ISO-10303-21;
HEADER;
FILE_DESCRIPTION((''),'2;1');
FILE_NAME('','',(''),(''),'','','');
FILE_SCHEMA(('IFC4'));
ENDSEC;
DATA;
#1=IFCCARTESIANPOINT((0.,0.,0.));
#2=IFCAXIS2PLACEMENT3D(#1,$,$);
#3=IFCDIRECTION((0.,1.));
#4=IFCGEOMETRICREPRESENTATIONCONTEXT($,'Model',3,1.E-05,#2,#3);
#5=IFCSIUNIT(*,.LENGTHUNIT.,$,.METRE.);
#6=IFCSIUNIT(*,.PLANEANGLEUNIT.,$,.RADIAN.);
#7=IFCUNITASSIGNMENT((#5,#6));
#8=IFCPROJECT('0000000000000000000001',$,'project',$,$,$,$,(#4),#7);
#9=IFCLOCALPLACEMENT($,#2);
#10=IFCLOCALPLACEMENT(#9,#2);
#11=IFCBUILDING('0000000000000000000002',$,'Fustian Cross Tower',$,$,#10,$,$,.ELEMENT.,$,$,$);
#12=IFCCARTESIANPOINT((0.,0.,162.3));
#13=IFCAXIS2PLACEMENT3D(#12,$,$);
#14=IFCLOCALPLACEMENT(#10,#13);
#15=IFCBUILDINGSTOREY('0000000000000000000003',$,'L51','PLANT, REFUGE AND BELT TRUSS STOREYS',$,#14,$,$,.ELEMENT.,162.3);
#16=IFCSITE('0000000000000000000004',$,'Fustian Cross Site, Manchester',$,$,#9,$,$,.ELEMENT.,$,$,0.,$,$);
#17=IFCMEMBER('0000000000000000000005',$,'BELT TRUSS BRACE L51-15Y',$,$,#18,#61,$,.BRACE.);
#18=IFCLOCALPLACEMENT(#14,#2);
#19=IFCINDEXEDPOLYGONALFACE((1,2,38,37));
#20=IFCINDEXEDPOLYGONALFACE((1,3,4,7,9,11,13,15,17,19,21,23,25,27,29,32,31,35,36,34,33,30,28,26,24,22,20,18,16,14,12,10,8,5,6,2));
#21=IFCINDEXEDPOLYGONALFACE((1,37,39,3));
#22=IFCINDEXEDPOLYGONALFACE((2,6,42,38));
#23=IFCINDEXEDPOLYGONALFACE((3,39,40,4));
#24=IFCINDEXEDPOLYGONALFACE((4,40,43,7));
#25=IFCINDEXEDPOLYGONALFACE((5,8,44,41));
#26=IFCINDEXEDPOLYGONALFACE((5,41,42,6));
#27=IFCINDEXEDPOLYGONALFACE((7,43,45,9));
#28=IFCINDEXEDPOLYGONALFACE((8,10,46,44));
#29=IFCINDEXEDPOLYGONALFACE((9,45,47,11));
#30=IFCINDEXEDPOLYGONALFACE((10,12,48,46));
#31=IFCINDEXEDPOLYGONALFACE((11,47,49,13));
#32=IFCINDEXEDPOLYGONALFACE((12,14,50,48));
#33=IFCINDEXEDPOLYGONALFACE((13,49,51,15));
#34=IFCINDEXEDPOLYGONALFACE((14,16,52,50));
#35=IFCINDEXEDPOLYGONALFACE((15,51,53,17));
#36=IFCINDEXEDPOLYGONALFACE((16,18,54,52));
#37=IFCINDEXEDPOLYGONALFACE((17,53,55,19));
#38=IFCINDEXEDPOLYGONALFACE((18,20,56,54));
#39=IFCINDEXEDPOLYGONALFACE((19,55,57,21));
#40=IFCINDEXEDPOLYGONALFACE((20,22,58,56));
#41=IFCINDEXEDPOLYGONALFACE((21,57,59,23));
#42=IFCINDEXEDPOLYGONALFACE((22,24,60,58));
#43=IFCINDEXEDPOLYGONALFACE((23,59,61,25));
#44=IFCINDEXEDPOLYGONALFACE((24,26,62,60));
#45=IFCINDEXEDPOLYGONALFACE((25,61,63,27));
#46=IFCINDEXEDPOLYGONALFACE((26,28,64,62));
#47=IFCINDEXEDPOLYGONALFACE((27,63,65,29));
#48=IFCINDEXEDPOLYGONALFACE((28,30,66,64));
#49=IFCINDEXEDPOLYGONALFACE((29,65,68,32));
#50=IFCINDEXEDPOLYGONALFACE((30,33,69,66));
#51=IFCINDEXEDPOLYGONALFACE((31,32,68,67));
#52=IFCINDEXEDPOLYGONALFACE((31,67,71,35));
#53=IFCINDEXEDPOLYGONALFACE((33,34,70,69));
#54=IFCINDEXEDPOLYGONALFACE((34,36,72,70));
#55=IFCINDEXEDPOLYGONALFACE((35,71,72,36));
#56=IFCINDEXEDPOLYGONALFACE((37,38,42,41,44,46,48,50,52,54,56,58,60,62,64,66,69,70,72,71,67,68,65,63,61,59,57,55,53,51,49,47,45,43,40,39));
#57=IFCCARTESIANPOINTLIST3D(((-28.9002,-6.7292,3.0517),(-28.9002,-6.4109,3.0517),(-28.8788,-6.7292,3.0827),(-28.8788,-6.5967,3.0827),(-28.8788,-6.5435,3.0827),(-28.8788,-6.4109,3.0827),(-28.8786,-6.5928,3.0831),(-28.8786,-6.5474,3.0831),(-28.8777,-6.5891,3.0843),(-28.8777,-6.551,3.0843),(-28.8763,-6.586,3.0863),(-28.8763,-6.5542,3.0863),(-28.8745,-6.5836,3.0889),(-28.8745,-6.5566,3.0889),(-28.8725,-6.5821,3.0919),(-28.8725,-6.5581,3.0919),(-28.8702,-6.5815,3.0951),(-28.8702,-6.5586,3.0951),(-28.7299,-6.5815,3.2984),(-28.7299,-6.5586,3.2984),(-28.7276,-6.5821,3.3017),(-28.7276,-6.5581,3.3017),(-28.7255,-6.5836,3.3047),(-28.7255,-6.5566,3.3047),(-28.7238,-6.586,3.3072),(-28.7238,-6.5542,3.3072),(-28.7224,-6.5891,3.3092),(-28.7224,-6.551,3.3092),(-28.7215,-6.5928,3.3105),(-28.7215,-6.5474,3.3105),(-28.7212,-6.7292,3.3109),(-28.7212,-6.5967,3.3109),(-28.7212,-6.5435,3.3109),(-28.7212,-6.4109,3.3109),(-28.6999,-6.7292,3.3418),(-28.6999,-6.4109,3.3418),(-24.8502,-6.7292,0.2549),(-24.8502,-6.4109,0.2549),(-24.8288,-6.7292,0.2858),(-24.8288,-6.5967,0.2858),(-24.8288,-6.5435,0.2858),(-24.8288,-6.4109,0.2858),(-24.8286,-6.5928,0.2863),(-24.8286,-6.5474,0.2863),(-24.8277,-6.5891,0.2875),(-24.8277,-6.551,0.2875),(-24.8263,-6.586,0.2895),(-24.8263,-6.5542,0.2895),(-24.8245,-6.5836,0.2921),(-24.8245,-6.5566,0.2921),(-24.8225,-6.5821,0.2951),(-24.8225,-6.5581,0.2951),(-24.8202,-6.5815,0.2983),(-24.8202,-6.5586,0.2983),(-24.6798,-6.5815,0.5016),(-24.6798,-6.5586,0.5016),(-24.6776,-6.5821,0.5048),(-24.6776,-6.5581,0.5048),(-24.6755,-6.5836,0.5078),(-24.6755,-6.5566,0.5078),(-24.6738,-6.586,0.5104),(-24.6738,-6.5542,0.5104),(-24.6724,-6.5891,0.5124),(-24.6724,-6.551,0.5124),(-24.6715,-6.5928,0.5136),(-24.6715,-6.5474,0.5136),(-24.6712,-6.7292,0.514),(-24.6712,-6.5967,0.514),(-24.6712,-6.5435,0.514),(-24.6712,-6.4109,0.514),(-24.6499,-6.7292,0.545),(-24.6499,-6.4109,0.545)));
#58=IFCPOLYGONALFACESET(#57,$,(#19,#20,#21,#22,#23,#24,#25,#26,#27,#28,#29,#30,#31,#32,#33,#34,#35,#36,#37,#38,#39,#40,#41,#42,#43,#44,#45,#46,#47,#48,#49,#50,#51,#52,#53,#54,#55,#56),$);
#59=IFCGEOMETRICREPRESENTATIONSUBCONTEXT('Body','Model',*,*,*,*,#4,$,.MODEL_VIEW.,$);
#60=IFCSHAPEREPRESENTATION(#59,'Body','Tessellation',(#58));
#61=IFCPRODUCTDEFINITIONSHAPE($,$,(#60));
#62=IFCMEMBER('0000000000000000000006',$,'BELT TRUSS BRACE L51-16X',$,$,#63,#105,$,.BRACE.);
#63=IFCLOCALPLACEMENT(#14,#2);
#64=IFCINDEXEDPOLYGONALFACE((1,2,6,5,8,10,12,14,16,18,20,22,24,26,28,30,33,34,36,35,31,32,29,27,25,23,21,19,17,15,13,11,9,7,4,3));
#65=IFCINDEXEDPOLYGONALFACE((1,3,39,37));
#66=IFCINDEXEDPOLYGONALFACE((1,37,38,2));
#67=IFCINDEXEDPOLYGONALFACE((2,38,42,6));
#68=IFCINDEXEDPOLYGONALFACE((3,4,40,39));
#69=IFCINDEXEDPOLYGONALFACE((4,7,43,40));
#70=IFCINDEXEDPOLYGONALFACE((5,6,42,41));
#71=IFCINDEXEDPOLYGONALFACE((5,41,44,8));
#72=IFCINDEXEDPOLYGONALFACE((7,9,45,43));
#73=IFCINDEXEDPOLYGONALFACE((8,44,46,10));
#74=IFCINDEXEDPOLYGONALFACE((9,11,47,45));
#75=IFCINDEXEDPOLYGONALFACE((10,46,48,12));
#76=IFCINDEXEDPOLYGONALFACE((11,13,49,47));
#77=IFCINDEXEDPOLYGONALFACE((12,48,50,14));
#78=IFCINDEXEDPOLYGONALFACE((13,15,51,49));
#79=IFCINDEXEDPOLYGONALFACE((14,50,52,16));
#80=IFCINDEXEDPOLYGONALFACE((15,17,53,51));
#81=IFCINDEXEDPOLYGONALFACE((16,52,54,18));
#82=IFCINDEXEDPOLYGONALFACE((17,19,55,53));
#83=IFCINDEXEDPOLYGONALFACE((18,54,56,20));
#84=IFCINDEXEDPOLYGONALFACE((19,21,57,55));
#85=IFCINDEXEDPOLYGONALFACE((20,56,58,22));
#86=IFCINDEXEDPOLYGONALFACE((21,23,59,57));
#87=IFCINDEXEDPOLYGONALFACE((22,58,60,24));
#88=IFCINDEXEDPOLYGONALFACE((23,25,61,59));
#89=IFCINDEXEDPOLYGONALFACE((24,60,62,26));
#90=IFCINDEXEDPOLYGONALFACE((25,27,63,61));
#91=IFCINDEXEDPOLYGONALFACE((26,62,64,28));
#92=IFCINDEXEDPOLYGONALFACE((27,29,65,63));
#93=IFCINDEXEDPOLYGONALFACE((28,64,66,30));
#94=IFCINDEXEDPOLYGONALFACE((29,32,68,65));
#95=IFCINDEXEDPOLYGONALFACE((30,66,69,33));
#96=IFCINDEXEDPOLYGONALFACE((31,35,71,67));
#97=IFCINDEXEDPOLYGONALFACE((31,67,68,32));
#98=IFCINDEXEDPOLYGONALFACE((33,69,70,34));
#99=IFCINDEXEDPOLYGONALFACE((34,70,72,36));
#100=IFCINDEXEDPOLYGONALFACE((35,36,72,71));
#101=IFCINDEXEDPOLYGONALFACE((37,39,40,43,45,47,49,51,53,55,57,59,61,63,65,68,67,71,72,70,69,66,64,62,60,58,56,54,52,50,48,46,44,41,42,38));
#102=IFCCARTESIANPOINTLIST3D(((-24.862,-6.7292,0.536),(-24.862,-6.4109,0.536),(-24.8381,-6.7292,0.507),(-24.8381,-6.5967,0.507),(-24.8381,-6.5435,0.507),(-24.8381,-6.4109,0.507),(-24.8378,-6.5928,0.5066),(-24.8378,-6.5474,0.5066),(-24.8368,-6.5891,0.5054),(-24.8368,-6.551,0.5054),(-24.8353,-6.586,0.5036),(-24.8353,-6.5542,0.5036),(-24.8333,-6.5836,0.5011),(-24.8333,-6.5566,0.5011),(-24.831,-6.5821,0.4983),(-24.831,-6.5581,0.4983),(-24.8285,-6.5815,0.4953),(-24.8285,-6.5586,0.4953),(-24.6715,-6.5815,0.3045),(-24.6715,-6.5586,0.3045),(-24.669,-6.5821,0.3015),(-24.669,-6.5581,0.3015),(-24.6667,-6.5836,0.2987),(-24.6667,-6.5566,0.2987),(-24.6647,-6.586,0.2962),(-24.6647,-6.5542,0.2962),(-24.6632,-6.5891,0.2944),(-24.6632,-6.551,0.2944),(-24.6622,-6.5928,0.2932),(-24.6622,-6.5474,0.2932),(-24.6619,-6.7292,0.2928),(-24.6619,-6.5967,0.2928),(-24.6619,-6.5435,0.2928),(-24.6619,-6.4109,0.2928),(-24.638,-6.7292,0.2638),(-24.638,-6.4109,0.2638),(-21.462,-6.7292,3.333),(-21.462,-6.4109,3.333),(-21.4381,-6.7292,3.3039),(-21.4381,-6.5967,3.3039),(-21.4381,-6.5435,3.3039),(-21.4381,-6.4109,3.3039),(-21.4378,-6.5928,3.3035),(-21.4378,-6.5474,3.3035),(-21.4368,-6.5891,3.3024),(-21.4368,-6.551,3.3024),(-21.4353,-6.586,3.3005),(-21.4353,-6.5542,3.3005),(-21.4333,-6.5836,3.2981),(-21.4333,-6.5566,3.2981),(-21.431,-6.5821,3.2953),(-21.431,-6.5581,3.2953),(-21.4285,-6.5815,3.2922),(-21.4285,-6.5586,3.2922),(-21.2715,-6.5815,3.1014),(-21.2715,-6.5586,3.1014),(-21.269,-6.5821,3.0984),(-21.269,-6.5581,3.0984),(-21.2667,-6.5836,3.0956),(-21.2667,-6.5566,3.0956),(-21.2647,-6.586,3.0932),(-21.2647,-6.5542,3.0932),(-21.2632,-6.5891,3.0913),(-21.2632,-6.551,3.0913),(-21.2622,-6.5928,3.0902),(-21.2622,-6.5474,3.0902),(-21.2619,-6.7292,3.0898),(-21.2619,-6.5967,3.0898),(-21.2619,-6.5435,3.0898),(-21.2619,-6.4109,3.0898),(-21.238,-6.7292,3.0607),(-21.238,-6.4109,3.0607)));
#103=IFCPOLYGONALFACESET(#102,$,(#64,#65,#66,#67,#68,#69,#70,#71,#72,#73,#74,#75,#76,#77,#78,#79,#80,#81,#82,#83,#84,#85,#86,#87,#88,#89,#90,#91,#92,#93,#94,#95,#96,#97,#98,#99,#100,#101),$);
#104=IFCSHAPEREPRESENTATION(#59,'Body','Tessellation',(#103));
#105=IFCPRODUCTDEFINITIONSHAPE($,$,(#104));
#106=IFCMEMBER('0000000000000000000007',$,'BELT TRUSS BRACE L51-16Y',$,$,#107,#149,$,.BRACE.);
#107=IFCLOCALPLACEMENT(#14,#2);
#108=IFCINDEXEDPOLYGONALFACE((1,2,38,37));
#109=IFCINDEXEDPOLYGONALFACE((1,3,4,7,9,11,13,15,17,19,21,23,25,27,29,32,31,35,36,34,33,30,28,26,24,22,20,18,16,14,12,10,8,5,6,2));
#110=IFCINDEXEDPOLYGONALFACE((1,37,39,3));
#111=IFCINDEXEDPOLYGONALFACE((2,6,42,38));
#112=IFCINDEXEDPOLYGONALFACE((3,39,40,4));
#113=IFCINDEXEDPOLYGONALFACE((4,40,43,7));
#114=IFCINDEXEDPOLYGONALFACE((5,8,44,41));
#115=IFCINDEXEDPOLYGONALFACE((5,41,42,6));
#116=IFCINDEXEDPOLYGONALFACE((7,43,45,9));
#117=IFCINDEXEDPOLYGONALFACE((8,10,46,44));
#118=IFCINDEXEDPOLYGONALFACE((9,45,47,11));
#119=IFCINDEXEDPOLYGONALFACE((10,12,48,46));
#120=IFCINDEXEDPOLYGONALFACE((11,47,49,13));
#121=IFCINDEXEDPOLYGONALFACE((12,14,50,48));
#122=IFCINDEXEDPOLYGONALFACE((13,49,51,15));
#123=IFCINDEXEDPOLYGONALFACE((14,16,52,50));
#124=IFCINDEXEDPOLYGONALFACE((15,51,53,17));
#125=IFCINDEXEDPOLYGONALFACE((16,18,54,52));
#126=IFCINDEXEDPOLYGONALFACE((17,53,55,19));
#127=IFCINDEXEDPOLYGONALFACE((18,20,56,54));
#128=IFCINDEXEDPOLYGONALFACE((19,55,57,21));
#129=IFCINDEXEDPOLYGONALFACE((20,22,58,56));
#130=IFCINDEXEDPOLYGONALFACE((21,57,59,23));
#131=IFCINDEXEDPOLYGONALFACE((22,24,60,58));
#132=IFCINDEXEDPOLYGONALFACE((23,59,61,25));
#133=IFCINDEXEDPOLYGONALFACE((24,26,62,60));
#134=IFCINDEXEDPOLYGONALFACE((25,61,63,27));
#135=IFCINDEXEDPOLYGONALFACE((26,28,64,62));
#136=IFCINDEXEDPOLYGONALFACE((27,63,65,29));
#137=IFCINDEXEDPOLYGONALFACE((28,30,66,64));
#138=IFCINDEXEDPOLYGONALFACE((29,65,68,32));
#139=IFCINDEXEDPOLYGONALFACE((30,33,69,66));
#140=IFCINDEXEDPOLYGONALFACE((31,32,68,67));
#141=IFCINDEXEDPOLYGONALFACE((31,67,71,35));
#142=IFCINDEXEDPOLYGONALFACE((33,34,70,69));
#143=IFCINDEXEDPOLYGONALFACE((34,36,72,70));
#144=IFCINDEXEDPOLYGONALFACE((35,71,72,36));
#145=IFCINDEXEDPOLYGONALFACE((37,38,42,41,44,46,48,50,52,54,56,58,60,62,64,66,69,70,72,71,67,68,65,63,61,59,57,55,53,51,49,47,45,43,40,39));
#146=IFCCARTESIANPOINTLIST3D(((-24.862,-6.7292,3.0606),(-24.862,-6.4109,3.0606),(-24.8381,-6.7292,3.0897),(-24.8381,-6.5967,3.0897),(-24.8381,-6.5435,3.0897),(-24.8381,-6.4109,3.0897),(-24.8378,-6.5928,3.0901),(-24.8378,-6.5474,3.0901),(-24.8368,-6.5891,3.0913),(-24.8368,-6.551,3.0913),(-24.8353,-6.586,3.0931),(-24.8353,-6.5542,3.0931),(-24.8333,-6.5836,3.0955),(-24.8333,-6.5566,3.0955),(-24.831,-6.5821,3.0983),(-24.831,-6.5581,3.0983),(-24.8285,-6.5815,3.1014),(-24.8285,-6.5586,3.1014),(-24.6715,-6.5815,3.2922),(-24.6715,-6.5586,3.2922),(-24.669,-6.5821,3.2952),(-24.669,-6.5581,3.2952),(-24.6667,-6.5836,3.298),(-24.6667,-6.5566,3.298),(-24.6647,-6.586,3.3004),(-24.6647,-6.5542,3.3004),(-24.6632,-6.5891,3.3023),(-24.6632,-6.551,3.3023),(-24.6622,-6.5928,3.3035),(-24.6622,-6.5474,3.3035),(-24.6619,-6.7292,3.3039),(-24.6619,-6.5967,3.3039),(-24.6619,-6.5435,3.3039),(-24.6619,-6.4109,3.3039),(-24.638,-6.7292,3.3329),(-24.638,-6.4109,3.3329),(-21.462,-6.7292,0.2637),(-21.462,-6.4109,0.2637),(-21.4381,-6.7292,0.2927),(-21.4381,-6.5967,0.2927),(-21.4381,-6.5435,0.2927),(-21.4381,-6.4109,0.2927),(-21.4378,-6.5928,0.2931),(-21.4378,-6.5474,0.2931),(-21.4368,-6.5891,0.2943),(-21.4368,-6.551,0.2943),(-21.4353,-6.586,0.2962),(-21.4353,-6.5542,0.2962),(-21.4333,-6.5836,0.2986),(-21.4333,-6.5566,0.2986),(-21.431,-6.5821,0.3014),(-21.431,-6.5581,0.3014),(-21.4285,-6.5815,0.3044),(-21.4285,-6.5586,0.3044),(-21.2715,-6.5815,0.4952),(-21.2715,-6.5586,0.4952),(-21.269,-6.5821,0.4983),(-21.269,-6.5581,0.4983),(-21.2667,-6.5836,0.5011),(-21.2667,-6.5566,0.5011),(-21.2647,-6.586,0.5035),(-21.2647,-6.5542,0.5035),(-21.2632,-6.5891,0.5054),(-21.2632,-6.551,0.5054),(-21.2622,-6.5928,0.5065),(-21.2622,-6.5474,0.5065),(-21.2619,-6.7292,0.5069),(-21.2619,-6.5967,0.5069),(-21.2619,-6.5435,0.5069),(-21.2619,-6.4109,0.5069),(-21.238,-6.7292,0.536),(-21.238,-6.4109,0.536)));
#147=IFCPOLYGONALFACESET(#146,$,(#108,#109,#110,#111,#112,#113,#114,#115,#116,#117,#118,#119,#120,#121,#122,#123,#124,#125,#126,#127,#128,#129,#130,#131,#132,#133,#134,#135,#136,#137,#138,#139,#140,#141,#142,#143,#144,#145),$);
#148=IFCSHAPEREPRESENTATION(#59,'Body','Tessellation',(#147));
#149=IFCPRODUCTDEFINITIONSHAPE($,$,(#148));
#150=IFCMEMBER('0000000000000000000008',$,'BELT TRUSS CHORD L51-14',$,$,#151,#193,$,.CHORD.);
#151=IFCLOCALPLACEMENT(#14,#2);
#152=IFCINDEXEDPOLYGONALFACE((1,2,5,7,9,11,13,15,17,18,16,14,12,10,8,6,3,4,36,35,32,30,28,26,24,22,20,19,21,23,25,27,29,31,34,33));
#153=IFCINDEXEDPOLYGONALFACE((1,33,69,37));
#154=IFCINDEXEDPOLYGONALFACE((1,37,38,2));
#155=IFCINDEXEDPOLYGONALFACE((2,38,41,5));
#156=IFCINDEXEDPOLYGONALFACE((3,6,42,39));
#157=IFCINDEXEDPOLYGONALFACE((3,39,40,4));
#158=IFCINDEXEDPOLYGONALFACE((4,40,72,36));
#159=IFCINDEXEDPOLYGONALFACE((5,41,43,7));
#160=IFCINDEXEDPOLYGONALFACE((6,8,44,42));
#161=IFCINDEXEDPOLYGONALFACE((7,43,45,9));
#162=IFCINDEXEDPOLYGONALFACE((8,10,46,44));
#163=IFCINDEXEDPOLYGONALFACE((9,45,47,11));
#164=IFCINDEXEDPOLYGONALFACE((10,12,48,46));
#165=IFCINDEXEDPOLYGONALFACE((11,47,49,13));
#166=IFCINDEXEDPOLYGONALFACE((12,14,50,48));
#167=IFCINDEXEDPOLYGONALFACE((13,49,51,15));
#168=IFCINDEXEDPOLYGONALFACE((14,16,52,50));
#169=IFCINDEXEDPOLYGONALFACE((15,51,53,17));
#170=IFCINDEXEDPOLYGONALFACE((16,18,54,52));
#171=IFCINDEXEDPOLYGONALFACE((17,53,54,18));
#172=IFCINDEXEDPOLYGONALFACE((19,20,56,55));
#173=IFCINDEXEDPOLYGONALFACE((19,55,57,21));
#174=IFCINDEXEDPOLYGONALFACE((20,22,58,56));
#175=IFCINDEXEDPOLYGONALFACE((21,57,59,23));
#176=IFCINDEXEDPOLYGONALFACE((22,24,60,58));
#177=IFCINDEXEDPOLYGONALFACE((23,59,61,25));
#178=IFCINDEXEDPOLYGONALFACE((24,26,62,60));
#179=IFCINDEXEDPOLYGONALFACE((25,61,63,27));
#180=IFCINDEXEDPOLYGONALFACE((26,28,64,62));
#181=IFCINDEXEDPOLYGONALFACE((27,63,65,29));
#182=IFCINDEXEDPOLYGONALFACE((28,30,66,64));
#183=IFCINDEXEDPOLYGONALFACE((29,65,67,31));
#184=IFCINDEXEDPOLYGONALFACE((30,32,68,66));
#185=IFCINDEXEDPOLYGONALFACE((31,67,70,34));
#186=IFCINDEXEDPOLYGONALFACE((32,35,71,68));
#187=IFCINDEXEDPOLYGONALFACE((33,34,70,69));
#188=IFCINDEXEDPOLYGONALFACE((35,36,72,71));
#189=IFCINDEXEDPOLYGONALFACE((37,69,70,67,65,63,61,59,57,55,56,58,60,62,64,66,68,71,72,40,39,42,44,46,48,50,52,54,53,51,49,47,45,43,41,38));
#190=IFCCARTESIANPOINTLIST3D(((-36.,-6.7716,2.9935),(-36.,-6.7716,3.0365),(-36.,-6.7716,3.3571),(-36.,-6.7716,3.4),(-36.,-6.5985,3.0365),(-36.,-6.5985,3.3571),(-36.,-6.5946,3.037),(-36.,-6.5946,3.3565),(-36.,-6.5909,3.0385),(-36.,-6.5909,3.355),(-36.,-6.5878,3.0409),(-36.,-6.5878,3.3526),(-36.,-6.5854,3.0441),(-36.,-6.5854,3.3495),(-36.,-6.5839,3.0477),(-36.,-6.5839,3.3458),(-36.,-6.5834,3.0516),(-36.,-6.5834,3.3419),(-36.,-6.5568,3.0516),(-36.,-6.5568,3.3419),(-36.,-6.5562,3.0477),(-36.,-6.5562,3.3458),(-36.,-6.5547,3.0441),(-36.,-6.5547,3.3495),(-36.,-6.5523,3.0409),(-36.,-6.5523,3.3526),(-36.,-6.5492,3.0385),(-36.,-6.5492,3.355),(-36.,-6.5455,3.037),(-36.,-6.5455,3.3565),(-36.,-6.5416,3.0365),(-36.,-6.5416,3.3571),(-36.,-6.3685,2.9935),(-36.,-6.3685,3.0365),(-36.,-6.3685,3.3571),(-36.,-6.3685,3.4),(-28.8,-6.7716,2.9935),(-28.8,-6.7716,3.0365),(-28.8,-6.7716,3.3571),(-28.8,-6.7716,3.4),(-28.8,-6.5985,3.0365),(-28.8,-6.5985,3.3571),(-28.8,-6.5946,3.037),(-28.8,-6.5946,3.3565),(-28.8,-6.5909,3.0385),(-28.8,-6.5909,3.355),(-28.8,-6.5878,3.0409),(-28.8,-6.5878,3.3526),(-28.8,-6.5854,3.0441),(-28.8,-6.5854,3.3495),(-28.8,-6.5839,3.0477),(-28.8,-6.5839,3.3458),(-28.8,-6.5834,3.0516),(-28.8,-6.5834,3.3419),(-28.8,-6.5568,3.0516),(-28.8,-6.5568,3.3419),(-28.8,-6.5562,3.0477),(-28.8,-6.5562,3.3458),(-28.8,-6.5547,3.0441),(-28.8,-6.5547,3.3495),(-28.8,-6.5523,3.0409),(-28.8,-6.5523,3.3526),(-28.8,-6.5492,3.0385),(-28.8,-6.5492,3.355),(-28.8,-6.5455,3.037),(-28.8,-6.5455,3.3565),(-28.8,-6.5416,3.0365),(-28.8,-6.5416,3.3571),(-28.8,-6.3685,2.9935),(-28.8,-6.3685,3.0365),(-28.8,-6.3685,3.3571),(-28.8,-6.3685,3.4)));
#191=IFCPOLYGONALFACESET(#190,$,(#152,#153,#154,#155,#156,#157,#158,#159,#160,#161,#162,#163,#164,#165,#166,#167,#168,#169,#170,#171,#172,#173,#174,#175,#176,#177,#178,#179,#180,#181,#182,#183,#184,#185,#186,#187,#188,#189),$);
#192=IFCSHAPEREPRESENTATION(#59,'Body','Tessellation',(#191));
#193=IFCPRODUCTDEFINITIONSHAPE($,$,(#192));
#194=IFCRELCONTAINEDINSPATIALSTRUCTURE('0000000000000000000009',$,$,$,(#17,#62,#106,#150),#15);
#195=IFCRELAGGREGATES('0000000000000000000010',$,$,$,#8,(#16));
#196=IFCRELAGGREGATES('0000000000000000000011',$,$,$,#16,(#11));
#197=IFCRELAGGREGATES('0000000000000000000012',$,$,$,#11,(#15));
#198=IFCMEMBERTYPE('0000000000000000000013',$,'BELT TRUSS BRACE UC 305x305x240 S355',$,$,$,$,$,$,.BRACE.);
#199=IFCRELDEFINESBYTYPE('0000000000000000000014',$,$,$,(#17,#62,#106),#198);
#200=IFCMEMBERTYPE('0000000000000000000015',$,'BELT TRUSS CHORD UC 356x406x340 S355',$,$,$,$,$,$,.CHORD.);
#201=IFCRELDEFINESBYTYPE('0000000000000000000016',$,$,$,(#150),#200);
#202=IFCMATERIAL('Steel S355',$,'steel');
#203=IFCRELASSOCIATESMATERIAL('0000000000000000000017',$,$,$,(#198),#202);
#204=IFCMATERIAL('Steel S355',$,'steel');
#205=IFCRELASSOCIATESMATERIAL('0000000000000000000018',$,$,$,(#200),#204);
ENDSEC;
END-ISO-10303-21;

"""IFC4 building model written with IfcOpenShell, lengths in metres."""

from ifc_helpers import new_model, si_unit, direction, frame, origin, origin_2d, place, context, subcontext, project, spatial, i_section, extrude, material, material_profile, profile_set, type_object, element, save


model = new_model("IFC4")

# Units and contexts
model_context = context("Model", 3, precision=1e-05, world=origin(), true_north=direction((0.0, 1.0)))
body_context = subcontext(model_context, "Body", "Model", "MODEL_VIEW")
ifc_project = project(units=[si_unit("LENGTHUNIT", "METRE"), si_unit("PLANEANGLEUNIT", "RADIAN")], contexts=[model_context])

# Site, building, storey
site_placement = place(None, origin())
site = spatial("IfcSite", under=ifc_project, at=site_placement, Name="Fustian Cross Site, Manchester", CompositionType="ELEMENT", RefElevation=0.0)
building_placement = place(site_placement, origin())
building = spatial("IfcBuilding", under=site, at=building_placement, Name="Fustian Cross Tower", CompositionType="ELEMENT")
storey_placement = place(building_placement, frame((0.0, 0.0, 162.3)))
storey = spatial("IfcBuildingStorey", under=building, at=storey_placement, Name="L51", Description="PLANT, REFUGE AND BELT TRUSS STOREYS", CompositionType="ELEMENT", Elevation=162.3)

# Members
ifc_material_1 = material(Name="Steel S355", Category="steel")
ifc_material_profile_1 = material_profile(ifc_material_1, i_section(OverallWidth=0.3184, OverallDepth=0.3525, WebThickness=0.0229, FlangeThickness=0.0376, FilletRadius=0.0151, at=origin_2d()), Name="UC 305x305x240")
ifc_profile_set_1 = profile_set([ifc_material_profile_1], Name="Steel S355")
member_type_1 = type_object("IfcMemberType", Name="BELT TRUSS BRACE UC 305x305x240 S355", PredefinedType="BRACE", material=ifc_profile_set_1)
for number, where, z_axis, x_axis, name in (
    (1, (-28.8, -6.5701, 3.1968), (0.822858, 0.0, -0.568247), (0.0, 1.0, 0.0), "BELT TRUSS BRACE L51-15Y"),
):
    element("IfcMember", number, at=place(storey_placement, frame(where, z_axis=z_axis, x_axis=x_axis)), inside=storey, type_object=member_type_1, Name=name, PredefinedType="BRACE", context=body_context, shape_type="SweptSolid", body=[
        extrude(i_section(OverallWidth=0.3184, OverallDepth=0.3525, WebThickness=0.0229, FlangeThickness=0.0376, FilletRadius=0.0151, at=origin_2d()), origin(), (0.0, 0.0, 1.0), 4.9219),
    ])
for number, where, z_axis, x_axis, name in (
    (2, (-24.75, -6.5701, 0.3999), (0.772269, 0.0, 0.635295), (0.0, 1.0, 0.0), "BELT TRUSS BRACE L51-16X"),
    (3, (-24.75, -6.5701, 3.1968), (0.772269, 0.0, -0.635295), (0.0, 1.0, 0.0), "BELT TRUSS BRACE L51-16Y"),
):
    element("IfcMember", number, at=place(storey_placement, frame(where, z_axis=z_axis, x_axis=x_axis)), inside=storey, type_object=member_type_1, Name=name, PredefinedType="BRACE", context=body_context, shape_type="SweptSolid", body=[
        extrude(i_section(OverallWidth=0.3184, OverallDepth=0.3525, WebThickness=0.0229, FlangeThickness=0.0376, FilletRadius=0.0151, at=origin_2d()), origin(), (0.0, 0.0, 1.0), 4.4026),
    ])
ifc_material_2 = material(Name="Steel S355", Category="steel")
ifc_material_profile_2 = material_profile(ifc_material_2, i_section(OverallWidth=0.4031, OverallDepth=0.4065, WebThickness=0.0266, FlangeThickness=0.043, FilletRadius=0.0151, at=origin_2d()), Name="UC 356x406x340")
ifc_profile_set_2 = profile_set([ifc_material_profile_2], Name="Steel S355")
member_type_2 = type_object("IfcMemberType", Name="BELT TRUSS CHORD UC 356x406x340 S355", PredefinedType="CHORD", material=ifc_profile_set_2)
for number, where, z_axis, x_axis, name in (
    (4, (-36.0, -6.5701, 3.1968), (1.0, 0.0, 0.0), (0.0, 1.0, 0.0), "BELT TRUSS CHORD L51-14"),
):
    element("IfcMember", number, at=place(storey_placement, frame(where, z_axis=z_axis, x_axis=x_axis)), inside=storey, type_object=member_type_2, Name=name, PredefinedType="CHORD", context=body_context, shape_type="SweptSolid", body=[
        extrude(i_section(OverallWidth=0.4031, OverallDepth=0.4065, WebThickness=0.0266, FlangeThickness=0.043, FilletRadius=0.0151, at=origin_2d()), origin(), (0.0, 0.0, 1.0), 7.2),
    ])

save(model, "model.ifc")
